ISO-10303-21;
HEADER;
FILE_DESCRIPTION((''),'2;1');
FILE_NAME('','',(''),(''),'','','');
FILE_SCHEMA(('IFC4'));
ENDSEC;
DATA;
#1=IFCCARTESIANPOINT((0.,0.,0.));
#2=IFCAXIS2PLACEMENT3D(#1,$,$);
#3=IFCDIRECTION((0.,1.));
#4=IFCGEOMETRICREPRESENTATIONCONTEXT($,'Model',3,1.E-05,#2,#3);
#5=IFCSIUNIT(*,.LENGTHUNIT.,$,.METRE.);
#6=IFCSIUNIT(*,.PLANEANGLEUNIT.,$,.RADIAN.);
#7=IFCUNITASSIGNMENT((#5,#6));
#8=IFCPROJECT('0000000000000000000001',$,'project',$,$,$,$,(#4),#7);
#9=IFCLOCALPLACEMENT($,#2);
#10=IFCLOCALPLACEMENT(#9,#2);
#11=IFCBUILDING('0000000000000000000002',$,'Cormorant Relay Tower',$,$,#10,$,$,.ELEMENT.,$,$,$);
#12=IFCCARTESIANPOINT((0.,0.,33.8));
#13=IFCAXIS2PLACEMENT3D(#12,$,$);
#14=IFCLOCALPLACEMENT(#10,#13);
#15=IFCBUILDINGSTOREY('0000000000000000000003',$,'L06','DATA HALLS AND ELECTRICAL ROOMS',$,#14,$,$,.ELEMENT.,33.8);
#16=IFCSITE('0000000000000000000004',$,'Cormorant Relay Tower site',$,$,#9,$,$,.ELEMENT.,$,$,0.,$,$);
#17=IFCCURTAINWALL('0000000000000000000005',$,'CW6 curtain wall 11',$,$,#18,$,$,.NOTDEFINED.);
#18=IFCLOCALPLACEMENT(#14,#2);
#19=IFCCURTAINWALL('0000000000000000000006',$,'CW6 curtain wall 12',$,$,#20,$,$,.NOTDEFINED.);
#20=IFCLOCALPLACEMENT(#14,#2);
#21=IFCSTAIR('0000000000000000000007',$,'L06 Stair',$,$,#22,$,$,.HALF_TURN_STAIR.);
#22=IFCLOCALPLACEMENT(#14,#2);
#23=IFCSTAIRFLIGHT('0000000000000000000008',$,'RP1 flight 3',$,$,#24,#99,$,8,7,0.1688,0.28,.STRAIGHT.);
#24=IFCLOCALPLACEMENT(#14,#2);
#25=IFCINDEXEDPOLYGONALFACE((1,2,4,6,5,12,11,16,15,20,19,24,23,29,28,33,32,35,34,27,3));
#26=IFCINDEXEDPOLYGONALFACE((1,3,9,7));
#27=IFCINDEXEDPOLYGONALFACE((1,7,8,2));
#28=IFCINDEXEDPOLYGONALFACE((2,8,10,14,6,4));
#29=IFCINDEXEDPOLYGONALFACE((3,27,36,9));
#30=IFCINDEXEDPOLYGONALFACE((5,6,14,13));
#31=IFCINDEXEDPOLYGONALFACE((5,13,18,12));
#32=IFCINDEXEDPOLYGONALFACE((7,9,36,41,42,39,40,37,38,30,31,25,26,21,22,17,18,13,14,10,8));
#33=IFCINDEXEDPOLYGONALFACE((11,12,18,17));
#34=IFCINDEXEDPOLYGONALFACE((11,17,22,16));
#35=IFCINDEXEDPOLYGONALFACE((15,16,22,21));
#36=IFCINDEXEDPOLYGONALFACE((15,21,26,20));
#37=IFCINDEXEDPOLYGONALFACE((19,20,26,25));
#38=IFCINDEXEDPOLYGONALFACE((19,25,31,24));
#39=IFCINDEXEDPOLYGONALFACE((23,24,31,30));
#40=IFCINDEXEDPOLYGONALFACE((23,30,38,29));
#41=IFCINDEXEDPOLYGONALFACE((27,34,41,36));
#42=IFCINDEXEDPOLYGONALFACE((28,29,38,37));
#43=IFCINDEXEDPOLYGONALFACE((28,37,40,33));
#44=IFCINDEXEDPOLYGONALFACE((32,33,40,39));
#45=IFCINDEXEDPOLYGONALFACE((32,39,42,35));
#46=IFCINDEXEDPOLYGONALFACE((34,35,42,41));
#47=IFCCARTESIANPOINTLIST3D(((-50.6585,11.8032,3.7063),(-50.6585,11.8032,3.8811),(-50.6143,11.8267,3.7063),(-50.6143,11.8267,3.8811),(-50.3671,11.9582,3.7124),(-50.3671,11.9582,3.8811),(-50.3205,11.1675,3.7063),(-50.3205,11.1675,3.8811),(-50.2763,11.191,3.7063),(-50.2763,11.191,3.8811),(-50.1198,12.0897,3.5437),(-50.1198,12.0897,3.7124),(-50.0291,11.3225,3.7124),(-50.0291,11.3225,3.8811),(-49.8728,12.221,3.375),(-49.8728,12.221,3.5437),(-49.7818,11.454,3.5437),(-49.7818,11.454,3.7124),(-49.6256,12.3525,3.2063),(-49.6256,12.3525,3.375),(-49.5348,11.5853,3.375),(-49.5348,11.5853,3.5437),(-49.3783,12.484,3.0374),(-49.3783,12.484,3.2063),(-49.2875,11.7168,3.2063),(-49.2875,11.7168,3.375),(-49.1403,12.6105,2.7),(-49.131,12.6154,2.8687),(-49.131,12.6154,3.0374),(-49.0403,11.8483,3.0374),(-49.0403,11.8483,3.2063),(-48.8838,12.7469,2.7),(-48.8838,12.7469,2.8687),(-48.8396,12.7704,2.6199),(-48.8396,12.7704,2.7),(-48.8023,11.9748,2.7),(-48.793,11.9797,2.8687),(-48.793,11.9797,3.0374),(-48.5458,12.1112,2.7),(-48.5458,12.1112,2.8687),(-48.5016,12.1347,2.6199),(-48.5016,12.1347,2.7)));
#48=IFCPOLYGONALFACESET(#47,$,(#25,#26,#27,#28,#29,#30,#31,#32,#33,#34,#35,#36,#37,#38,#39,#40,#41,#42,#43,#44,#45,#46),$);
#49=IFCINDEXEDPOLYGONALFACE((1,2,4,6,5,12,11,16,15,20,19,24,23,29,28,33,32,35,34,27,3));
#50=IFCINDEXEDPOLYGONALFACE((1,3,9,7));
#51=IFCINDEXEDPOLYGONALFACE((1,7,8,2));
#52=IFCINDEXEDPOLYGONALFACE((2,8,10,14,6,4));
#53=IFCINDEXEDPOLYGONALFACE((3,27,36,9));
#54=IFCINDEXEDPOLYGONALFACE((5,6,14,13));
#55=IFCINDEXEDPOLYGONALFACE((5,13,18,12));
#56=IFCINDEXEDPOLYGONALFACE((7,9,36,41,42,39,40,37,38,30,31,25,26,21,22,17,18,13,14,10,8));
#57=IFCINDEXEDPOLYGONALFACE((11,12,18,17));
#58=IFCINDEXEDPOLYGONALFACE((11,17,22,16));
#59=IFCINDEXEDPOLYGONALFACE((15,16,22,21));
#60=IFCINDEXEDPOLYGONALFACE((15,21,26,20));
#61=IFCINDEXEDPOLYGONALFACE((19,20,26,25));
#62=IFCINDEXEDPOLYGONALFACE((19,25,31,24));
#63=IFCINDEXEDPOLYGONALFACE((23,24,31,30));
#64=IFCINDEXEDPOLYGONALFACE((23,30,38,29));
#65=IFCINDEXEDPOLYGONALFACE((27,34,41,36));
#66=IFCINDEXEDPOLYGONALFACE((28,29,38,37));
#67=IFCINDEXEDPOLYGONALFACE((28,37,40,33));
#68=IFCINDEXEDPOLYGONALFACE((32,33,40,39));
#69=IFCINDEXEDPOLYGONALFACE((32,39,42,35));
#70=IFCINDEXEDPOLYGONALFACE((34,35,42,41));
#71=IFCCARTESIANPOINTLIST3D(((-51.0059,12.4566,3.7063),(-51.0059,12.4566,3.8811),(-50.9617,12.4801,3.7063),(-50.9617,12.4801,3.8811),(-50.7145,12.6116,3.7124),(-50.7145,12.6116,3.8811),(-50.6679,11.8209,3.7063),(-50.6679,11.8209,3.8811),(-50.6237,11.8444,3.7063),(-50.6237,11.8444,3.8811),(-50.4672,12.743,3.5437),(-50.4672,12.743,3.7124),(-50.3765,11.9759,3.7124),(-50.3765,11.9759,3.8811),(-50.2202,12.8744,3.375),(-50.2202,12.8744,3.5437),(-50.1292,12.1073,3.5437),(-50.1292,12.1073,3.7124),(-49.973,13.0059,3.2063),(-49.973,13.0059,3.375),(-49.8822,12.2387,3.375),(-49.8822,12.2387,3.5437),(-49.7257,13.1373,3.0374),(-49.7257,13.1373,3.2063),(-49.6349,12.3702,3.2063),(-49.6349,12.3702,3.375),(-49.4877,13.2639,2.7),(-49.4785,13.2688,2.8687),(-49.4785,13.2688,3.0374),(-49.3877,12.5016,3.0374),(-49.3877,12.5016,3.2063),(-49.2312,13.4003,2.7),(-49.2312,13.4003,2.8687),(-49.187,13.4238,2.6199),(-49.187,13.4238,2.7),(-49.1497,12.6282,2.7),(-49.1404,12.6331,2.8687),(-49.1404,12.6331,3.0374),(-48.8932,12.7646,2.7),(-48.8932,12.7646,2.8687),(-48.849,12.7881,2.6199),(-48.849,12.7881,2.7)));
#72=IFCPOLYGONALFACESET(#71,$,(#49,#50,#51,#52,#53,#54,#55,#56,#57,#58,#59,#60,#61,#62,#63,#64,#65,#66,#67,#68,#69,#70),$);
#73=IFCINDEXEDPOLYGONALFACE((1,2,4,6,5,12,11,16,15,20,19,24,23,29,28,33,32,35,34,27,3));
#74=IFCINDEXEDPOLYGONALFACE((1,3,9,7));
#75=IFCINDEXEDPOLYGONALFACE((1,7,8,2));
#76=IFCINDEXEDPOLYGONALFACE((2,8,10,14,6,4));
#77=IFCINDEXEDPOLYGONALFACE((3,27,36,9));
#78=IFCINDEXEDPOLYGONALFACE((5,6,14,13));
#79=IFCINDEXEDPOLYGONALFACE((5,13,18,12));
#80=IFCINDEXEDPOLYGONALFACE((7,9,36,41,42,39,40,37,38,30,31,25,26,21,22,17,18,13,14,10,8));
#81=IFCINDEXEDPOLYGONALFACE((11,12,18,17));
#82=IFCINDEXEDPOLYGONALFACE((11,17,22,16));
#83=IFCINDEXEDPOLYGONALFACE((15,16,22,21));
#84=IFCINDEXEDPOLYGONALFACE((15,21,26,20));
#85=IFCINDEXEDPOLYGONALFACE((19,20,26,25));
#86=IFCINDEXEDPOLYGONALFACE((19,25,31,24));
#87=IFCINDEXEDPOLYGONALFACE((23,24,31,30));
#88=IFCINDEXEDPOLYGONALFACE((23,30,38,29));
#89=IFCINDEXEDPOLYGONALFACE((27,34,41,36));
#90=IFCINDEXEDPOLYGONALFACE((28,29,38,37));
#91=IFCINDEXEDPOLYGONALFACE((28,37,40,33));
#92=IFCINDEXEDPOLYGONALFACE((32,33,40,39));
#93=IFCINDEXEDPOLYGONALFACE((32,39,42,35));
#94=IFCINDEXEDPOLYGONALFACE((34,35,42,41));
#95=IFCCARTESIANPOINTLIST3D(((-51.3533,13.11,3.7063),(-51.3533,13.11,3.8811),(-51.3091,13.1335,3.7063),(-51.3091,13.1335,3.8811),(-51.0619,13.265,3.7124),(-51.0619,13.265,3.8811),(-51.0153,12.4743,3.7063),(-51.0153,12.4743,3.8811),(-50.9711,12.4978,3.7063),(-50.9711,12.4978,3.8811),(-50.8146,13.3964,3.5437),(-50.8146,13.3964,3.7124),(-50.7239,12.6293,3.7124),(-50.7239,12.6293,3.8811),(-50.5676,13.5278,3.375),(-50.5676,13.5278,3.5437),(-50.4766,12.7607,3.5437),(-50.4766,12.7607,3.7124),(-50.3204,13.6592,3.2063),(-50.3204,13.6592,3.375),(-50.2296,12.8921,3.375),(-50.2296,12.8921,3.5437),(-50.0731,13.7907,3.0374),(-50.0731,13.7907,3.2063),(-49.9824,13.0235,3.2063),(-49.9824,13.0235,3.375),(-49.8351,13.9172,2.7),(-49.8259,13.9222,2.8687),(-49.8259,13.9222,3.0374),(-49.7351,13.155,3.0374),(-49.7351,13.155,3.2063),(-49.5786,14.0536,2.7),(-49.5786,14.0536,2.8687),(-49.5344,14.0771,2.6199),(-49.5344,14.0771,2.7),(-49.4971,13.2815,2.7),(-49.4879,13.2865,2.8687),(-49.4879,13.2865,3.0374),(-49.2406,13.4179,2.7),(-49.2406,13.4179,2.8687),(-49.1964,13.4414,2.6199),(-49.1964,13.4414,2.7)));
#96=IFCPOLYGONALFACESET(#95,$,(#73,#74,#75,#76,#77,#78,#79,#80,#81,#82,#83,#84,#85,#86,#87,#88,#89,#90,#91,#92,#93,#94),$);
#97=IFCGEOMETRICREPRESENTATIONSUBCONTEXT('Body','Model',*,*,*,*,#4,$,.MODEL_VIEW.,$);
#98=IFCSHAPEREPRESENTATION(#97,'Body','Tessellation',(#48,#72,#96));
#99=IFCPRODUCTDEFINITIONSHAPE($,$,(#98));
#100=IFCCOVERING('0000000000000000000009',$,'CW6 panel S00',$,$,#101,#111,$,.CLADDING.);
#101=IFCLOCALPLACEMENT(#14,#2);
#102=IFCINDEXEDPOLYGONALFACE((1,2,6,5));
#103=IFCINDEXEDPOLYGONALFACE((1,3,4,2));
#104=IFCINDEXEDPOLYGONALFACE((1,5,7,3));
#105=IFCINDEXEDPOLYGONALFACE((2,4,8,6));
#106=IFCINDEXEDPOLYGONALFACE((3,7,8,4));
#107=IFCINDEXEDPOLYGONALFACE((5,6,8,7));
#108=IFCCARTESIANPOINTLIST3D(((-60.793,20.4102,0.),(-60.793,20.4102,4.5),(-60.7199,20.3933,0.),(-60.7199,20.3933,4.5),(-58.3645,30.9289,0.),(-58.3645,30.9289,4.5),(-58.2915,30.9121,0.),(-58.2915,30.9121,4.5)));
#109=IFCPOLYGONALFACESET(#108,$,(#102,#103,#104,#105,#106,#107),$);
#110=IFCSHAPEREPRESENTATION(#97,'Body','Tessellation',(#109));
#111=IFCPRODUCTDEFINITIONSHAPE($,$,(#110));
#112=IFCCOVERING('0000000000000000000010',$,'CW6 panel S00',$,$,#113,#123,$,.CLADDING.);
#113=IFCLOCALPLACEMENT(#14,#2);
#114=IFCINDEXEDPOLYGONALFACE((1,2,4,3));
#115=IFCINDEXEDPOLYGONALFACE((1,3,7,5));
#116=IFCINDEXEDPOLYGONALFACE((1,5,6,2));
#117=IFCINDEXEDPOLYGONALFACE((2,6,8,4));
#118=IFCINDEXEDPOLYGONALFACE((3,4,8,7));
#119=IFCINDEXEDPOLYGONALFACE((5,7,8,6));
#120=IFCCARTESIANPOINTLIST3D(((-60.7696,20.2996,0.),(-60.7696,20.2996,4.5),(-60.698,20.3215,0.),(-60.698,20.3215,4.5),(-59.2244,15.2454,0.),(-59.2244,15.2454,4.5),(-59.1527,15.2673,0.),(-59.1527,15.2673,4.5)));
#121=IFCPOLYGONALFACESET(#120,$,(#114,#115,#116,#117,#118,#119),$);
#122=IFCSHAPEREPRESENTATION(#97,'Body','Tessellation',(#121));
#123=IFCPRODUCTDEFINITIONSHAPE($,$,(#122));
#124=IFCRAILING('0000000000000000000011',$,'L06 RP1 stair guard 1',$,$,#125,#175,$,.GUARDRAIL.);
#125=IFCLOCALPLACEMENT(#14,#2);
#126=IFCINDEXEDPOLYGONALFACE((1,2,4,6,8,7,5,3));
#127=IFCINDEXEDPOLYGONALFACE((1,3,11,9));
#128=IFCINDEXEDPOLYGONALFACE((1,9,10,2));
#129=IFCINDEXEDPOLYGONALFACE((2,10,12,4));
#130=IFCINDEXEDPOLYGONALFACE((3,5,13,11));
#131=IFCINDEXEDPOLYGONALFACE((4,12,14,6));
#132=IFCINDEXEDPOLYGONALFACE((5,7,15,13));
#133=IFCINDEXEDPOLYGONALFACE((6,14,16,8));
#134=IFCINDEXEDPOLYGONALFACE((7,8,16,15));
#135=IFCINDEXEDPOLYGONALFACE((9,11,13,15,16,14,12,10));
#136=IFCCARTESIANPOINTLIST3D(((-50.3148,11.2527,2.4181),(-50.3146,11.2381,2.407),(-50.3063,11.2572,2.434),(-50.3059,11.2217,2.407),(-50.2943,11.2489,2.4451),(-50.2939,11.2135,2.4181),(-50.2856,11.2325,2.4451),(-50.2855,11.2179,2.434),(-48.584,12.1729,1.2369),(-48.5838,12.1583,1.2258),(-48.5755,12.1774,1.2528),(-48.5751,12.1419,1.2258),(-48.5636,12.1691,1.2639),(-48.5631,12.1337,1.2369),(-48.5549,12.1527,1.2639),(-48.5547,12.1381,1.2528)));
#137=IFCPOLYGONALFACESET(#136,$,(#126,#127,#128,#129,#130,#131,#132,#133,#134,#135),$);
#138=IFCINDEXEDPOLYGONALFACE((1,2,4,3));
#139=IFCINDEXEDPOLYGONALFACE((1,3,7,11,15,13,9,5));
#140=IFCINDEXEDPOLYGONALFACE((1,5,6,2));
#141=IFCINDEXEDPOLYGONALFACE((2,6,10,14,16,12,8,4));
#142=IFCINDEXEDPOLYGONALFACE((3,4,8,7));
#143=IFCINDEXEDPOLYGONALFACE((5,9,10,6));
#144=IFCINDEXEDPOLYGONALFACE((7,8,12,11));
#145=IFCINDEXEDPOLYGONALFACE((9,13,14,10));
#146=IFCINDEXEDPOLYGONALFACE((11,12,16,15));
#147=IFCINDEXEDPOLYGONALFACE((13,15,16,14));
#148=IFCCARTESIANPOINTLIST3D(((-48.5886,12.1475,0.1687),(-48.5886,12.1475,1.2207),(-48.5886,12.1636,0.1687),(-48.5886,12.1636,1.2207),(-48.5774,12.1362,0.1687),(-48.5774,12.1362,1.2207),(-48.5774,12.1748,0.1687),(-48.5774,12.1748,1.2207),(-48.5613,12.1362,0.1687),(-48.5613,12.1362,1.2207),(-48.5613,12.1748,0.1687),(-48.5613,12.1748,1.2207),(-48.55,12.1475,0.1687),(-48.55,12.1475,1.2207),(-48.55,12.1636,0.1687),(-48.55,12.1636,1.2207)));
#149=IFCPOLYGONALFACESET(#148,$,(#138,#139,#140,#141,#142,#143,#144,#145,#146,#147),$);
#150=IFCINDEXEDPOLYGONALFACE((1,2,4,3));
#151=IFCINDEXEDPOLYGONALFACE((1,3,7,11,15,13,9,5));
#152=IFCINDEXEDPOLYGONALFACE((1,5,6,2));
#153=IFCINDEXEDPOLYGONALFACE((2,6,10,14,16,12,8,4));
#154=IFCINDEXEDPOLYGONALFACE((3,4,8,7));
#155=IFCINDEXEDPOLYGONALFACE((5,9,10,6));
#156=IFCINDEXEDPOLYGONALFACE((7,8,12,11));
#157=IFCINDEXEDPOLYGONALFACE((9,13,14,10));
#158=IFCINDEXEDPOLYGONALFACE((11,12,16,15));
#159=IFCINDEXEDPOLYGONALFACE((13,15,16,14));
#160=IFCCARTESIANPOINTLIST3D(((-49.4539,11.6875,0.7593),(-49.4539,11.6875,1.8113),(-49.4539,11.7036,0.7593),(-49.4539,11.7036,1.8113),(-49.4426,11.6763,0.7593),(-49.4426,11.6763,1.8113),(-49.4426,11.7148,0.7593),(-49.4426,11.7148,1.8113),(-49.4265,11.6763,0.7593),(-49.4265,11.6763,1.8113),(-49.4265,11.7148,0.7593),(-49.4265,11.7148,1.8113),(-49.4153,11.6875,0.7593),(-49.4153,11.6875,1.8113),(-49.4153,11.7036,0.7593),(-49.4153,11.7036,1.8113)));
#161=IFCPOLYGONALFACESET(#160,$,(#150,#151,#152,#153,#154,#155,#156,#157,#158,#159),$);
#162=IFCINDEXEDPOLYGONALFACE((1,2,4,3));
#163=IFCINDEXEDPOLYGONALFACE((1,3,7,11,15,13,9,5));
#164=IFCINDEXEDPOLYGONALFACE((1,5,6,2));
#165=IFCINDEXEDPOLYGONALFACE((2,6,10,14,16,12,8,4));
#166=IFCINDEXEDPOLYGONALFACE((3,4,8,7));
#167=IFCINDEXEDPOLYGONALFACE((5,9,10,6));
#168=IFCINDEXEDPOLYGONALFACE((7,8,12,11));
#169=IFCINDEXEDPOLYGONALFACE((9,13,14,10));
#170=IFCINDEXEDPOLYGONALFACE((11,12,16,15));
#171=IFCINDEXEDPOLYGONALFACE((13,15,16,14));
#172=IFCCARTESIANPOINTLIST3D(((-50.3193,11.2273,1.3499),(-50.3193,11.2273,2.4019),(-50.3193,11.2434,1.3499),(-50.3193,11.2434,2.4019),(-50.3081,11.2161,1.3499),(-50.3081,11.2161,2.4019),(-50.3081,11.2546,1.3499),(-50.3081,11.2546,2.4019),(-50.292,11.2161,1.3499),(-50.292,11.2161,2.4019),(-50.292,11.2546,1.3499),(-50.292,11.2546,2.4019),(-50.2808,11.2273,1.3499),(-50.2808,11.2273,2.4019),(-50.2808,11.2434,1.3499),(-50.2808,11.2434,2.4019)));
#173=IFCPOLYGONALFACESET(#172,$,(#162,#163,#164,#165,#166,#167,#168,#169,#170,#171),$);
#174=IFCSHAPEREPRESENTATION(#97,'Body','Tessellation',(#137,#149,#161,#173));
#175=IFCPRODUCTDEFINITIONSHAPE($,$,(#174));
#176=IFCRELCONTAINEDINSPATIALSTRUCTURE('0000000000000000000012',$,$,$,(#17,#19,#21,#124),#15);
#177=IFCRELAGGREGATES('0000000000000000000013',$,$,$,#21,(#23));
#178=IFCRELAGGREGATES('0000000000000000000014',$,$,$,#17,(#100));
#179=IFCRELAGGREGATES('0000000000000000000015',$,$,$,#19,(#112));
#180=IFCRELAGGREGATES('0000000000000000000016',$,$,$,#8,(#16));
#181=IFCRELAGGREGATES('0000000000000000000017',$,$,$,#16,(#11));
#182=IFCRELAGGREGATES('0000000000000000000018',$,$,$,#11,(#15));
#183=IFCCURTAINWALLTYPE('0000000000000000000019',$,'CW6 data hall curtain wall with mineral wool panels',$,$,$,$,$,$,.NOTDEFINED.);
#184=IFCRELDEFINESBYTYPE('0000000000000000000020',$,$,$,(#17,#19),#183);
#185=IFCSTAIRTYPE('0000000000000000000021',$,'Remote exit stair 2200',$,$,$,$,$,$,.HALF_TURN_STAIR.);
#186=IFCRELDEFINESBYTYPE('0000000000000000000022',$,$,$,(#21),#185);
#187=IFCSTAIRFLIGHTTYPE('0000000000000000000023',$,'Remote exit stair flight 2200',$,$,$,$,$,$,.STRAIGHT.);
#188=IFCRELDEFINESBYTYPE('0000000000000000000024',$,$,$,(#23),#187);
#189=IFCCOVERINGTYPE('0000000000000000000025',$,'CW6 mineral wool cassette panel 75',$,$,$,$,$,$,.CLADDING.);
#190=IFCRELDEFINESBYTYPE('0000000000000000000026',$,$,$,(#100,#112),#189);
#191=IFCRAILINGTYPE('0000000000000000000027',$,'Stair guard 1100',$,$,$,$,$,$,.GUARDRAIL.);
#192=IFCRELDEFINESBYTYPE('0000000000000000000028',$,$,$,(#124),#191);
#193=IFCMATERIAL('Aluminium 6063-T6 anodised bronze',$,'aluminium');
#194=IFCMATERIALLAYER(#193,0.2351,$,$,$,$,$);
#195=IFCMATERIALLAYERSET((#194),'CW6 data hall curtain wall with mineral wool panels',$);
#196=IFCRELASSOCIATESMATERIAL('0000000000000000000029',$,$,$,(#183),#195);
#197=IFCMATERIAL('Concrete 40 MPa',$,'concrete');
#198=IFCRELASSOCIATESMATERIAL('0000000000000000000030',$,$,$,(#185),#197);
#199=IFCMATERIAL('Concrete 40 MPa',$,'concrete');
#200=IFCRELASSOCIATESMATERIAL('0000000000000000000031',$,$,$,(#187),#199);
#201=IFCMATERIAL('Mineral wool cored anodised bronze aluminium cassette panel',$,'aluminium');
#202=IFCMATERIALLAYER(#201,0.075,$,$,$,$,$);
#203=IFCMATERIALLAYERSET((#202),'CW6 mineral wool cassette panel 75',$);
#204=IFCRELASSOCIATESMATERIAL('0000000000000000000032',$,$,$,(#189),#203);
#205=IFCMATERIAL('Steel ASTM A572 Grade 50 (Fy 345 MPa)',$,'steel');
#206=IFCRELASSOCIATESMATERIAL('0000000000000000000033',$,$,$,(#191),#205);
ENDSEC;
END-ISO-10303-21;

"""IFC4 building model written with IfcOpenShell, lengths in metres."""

from ifc_helpers import new_model, si_unit, direction, frame, origin, origin_2d, place, context, subcontext, project, spatial, polyline, rectangle, outline, extrude, material, layer, layer_set, type_object, element, aggregate, save


model = new_model("IFC4")

# Units and contexts
model_context = context("Model", 3, precision=1e-05, world=origin(), true_north=direction((0.0, 1.0)))
body_context = subcontext(model_context, "Body", "Model", "MODEL_VIEW")
ifc_project = project(units=[si_unit("LENGTHUNIT", "METRE"), si_unit("PLANEANGLEUNIT", "RADIAN")], contexts=[model_context])

# Site, building, storey
site_placement = place(None, origin())
site = spatial("IfcSite", under=ifc_project, at=site_placement, Name="Cormorant Relay Tower site", CompositionType="ELEMENT", RefElevation=0.0)
building_placement = place(site_placement, origin())
building = spatial("IfcBuilding", under=site, at=building_placement, Name="Cormorant Relay Tower", CompositionType="ELEMENT")
storey_placement = place(building_placement, frame((0.0, 0.0, 33.8)))
storey = spatial("IfcBuildingStorey", under=building, at=storey_placement, Name="L06", Description="DATA HALLS AND ELECTRICAL ROOMS", CompositionType="ELEMENT", Elevation=33.8)

# Curtain wall
ifc_material_1 = material(Name="Aluminium 6063-T6 anodised bronze", Category="aluminium")
ifc_layer_1 = layer(ifc_material_1, 0.2351)
ifc_layer_set_1 = layer_set([ifc_layer_1], Name="CW6 data hall curtain wall with mineral wool panels")
curtain_wall_type = type_object("IfcCurtainWallType", Name="CW6 data hall curtain wall with mineral wool panels", PredefinedType="NOTDEFINED", material=ifc_layer_set_1)
curtain_wall_1_placement = place(storey_placement, origin())
curtain_wall_1 = element("IfcCurtainWall", 1, at=curtain_wall_1_placement, inside=storey, type_object=curtain_wall_type, Name="CW6 curtain wall 11", PredefinedType="NOTDEFINED")

# Curtain wall
curtain_wall_2_placement = place(storey_placement, origin())
curtain_wall_2 = element("IfcCurtainWall", 2, at=curtain_wall_2_placement, inside=storey, type_object=curtain_wall_type, Name="CW6 curtain wall 12", PredefinedType="NOTDEFINED")

# Stair, stair flight
ifc_material_2 = material(Name="Concrete 40 MPa", Category="concrete")
stair_type = type_object("IfcStairType", Name="Remote exit stair 2200", PredefinedType="HALF_TURN_STAIR", material=ifc_material_2)
stair_placement = place(storey_placement, origin())
stair = element("IfcStair", 3, at=stair_placement, inside=storey, type_object=stair_type, Name="L06 Stair", PredefinedType="HALF_TURN_STAIR")
ifc_material_3 = material(Name="Concrete 40 MPa", Category="concrete")
stair_flight_type = type_object("IfcStairFlightType", Name="Remote exit stair flight 2200", PredefinedType="STRAIGHT", material=ifc_material_3)
stair_flight_1_placement = place(storey_placement, frame((-49.0623, 13.0825, 2.7), z_axis=(0.0, 0.0, 1.0), x_axis=(-0.882948, -0.469472, 0.0)))
stair_flight_1 = element("IfcStairFlight", 4, at=stair_flight_1_placement, type_object=stair_flight_type, Name="RP1 flight 3", NumberOfRisers=8, NumberOfTreads=7, PredefinedType="STRAIGHT", RiserHeight=0.1688, TreadLength=0.28, context=body_context, shape_type="SweptSolid", body=[
    extrude(outline(polyline([(-0.05, -0.0801), (-0.05, 0.0), (0.0, 0.0), (0.0, 0.1687), (0.28, 0.1687), (0.28, 0.3374), (0.5601, 0.3374), (0.5601, 0.5063), (0.8401, 0.5063), (0.8401, 0.675), (1.1201, 0.675), (1.1201, 0.8438), (1.3999, 0.8438), (1.3999, 1.0125), (1.6799, 1.0125), (1.6799, 1.1812), (1.96, 1.1812), (2.01, 1.1812), (2.01, 1.0063), (1.96, 1.0063), (0.2905, 0.0), (-0.05, -0.0801)])), frame((0.0, 1.1001, 0.0), z_axis=(0.0, -1.0, 0.0), x_axis=(1.0, 0.0, 0.0)), (0.0, 0.0, 1.0), 0.72),
    extrude(outline(polyline([(-0.05, -0.0801), (-0.05, 0.0), (0.0, 0.0), (0.0, 0.1687), (0.28, 0.1687), (0.28, 0.3374), (0.5601, 0.3374), (0.5601, 0.5063), (0.8401, 0.5063), (0.8401, 0.675), (1.1201, 0.675), (1.1201, 0.8438), (1.3999, 0.8438), (1.3999, 1.0125), (1.6799, 1.0125), (1.6799, 1.1812), (1.96, 1.1812), (2.01, 1.1812), (2.01, 1.0063), (1.96, 1.0063), (0.2905, 0.0), (-0.05, -0.0801)])), frame((0.0, 0.3601, 0.0), z_axis=(0.0, -1.0, 0.0), x_axis=(1.0, 0.0, 0.0)), (0.0, 0.0, 1.0), 0.72),
    extrude(outline(polyline([(-0.05, -0.0801), (-0.05, 0.0), (0.0, 0.0), (0.0, 0.1687), (0.28, 0.1687), (0.28, 0.3374), (0.5601, 0.3374), (0.5601, 0.5063), (0.8401, 0.5063), (0.8401, 0.675), (1.1201, 0.675), (1.1201, 0.8438), (1.3999, 0.8438), (1.3999, 1.0125), (1.6799, 1.0125), (1.6799, 1.1812), (1.96, 1.1812), (2.01, 1.1812), (2.01, 1.0063), (1.96, 1.0063), (0.2905, 0.0), (-0.05, -0.0801)])), frame((0.0, -0.3799, 0.0), z_axis=(0.0, -1.0, 0.0), x_axis=(1.0, 0.0, 0.0)), (0.0, 0.0, 1.0), 0.72),
])
aggregate(stair, [stair_flight_1])

# Coverings
ifc_material_4 = material(Name="Mineral wool cored anodised bronze aluminium cassette panel", Category="aluminium")
ifc_layer_2 = layer(ifc_material_4, 0.075)
ifc_layer_set_2 = layer_set([ifc_layer_2], Name="CW6 mineral wool cassette panel 75")
covering_type = type_object("IfcCoveringType", Name="CW6 mineral wool cassette panel 75", PredefinedType="CLADDING", material=ifc_layer_set_2)
covering_1_placement = place(storey_placement, frame((-59.5422, 25.6611, 0.0), z_axis=(0.0, 0.0, 1.0), x_axis=(-0.224951, -0.97437, 0.0)))
covering_1 = element("IfcCovering", 5, at=covering_1_placement, type_object=covering_type, Name="CW6 panel S00", PredefinedType="CLADDING", context=body_context, shape_type="SweptSolid", body=[
    extrude(rectangle(XDim=10.7954, YDim=0.075, at=origin_2d()), origin(), (0.0, 0.0, 1.0), 4.5),
])
aggregate(curtain_wall_1, [covering_1])
covering_2_placement = place(storey_placement, frame((-59.9612, 17.7834, 0.0), z_axis=(0.0, 0.0, 1.0), x_axis=(0.292372, -0.956305, 0.0)))
covering_2 = element("IfcCovering", 6, at=covering_2_placement, type_object=covering_type, Name="CW6 panel S00", PredefinedType="CLADDING", context=body_context, shape_type="SweptSolid", body=[
    extrude(rectangle(XDim=5.2852, YDim=0.075, at=origin_2d()), origin(), (0.0, 0.0, 1.0), 4.5),
])
aggregate(curtain_wall_2, [covering_2])

# Railing
ifc_material_5 = material(Name="Steel ASTM A572 Grade 50 (Fy 345 MPa)", Category="steel")
railing_type_1 = type_object("IfcRailingType", Name="Stair guard 1100", PredefinedType="GUARDRAIL", material=ifc_material_5)
railing_1_placement = place(storey_placement, frame((-48.5693, 12.1555, 0.1687)))
element("IfcRailing", 7, at=railing_1_placement, inside=storey, type_object=railing_type_1, Name="L06 RP1 stair guard 1", PredefinedType="GUARDRAIL", context=body_context, shape_type="SweptSolid", body=[
    extrude(outline(polyline([(0.0222, 0.0093), (0.0093, 0.0222), (-0.0093, 0.0222), (-0.0222, 0.0093), (-0.0222, -0.0093), (-0.0093, -0.0222), (0.0093, -0.0222), (0.0222, -0.0093), (0.0222, 0.0093)])), frame((0.0, 0.0, 1.0762), z_axis=(-0.756268, -0.402084, 0.516127), x_axis=(0.469444, -0.882962, 0.0)), (0.0, 0.0, 1.0), 2.2886),
    extrude(outline(polyline([(0.0193, 0.0081), (0.0081, 0.0193), (-0.0081, 0.0193), (-0.0193, 0.0081), (-0.0193, -0.0081), (-0.0081, -0.0193), (0.0081, -0.0193), (0.0193, -0.0081), (0.0193, 0.0081)])), origin(), (0.0, 0.0, 1.0), 1.052),
    extrude(outline(polyline([(0.0193, 0.0081), (0.0081, 0.0193), (-0.0081, 0.0193), (-0.0193, 0.0081), (-0.0193, -0.0081), (-0.0081, -0.0193), (0.0081, -0.0193), (0.0193, -0.0081), (0.0193, 0.0081)])), frame((-0.8652, -0.46, 0.5906)), (0.0, 0.0, 1.0), 1.052),
    extrude(outline(polyline([(0.0193, 0.0081), (0.0081, 0.0193), (-0.0081, 0.0193), (-0.0193, 0.0081), (-0.0193, -0.0081), (-0.0081, -0.0193), (0.0081, -0.0193), (0.0193, -0.0081), (0.0193, 0.0081)])), frame((-1.7307, -0.9202, 1.1812)), (0.0, 0.0, 1.0), 1.052),
])

save(model, "model.ifc")
